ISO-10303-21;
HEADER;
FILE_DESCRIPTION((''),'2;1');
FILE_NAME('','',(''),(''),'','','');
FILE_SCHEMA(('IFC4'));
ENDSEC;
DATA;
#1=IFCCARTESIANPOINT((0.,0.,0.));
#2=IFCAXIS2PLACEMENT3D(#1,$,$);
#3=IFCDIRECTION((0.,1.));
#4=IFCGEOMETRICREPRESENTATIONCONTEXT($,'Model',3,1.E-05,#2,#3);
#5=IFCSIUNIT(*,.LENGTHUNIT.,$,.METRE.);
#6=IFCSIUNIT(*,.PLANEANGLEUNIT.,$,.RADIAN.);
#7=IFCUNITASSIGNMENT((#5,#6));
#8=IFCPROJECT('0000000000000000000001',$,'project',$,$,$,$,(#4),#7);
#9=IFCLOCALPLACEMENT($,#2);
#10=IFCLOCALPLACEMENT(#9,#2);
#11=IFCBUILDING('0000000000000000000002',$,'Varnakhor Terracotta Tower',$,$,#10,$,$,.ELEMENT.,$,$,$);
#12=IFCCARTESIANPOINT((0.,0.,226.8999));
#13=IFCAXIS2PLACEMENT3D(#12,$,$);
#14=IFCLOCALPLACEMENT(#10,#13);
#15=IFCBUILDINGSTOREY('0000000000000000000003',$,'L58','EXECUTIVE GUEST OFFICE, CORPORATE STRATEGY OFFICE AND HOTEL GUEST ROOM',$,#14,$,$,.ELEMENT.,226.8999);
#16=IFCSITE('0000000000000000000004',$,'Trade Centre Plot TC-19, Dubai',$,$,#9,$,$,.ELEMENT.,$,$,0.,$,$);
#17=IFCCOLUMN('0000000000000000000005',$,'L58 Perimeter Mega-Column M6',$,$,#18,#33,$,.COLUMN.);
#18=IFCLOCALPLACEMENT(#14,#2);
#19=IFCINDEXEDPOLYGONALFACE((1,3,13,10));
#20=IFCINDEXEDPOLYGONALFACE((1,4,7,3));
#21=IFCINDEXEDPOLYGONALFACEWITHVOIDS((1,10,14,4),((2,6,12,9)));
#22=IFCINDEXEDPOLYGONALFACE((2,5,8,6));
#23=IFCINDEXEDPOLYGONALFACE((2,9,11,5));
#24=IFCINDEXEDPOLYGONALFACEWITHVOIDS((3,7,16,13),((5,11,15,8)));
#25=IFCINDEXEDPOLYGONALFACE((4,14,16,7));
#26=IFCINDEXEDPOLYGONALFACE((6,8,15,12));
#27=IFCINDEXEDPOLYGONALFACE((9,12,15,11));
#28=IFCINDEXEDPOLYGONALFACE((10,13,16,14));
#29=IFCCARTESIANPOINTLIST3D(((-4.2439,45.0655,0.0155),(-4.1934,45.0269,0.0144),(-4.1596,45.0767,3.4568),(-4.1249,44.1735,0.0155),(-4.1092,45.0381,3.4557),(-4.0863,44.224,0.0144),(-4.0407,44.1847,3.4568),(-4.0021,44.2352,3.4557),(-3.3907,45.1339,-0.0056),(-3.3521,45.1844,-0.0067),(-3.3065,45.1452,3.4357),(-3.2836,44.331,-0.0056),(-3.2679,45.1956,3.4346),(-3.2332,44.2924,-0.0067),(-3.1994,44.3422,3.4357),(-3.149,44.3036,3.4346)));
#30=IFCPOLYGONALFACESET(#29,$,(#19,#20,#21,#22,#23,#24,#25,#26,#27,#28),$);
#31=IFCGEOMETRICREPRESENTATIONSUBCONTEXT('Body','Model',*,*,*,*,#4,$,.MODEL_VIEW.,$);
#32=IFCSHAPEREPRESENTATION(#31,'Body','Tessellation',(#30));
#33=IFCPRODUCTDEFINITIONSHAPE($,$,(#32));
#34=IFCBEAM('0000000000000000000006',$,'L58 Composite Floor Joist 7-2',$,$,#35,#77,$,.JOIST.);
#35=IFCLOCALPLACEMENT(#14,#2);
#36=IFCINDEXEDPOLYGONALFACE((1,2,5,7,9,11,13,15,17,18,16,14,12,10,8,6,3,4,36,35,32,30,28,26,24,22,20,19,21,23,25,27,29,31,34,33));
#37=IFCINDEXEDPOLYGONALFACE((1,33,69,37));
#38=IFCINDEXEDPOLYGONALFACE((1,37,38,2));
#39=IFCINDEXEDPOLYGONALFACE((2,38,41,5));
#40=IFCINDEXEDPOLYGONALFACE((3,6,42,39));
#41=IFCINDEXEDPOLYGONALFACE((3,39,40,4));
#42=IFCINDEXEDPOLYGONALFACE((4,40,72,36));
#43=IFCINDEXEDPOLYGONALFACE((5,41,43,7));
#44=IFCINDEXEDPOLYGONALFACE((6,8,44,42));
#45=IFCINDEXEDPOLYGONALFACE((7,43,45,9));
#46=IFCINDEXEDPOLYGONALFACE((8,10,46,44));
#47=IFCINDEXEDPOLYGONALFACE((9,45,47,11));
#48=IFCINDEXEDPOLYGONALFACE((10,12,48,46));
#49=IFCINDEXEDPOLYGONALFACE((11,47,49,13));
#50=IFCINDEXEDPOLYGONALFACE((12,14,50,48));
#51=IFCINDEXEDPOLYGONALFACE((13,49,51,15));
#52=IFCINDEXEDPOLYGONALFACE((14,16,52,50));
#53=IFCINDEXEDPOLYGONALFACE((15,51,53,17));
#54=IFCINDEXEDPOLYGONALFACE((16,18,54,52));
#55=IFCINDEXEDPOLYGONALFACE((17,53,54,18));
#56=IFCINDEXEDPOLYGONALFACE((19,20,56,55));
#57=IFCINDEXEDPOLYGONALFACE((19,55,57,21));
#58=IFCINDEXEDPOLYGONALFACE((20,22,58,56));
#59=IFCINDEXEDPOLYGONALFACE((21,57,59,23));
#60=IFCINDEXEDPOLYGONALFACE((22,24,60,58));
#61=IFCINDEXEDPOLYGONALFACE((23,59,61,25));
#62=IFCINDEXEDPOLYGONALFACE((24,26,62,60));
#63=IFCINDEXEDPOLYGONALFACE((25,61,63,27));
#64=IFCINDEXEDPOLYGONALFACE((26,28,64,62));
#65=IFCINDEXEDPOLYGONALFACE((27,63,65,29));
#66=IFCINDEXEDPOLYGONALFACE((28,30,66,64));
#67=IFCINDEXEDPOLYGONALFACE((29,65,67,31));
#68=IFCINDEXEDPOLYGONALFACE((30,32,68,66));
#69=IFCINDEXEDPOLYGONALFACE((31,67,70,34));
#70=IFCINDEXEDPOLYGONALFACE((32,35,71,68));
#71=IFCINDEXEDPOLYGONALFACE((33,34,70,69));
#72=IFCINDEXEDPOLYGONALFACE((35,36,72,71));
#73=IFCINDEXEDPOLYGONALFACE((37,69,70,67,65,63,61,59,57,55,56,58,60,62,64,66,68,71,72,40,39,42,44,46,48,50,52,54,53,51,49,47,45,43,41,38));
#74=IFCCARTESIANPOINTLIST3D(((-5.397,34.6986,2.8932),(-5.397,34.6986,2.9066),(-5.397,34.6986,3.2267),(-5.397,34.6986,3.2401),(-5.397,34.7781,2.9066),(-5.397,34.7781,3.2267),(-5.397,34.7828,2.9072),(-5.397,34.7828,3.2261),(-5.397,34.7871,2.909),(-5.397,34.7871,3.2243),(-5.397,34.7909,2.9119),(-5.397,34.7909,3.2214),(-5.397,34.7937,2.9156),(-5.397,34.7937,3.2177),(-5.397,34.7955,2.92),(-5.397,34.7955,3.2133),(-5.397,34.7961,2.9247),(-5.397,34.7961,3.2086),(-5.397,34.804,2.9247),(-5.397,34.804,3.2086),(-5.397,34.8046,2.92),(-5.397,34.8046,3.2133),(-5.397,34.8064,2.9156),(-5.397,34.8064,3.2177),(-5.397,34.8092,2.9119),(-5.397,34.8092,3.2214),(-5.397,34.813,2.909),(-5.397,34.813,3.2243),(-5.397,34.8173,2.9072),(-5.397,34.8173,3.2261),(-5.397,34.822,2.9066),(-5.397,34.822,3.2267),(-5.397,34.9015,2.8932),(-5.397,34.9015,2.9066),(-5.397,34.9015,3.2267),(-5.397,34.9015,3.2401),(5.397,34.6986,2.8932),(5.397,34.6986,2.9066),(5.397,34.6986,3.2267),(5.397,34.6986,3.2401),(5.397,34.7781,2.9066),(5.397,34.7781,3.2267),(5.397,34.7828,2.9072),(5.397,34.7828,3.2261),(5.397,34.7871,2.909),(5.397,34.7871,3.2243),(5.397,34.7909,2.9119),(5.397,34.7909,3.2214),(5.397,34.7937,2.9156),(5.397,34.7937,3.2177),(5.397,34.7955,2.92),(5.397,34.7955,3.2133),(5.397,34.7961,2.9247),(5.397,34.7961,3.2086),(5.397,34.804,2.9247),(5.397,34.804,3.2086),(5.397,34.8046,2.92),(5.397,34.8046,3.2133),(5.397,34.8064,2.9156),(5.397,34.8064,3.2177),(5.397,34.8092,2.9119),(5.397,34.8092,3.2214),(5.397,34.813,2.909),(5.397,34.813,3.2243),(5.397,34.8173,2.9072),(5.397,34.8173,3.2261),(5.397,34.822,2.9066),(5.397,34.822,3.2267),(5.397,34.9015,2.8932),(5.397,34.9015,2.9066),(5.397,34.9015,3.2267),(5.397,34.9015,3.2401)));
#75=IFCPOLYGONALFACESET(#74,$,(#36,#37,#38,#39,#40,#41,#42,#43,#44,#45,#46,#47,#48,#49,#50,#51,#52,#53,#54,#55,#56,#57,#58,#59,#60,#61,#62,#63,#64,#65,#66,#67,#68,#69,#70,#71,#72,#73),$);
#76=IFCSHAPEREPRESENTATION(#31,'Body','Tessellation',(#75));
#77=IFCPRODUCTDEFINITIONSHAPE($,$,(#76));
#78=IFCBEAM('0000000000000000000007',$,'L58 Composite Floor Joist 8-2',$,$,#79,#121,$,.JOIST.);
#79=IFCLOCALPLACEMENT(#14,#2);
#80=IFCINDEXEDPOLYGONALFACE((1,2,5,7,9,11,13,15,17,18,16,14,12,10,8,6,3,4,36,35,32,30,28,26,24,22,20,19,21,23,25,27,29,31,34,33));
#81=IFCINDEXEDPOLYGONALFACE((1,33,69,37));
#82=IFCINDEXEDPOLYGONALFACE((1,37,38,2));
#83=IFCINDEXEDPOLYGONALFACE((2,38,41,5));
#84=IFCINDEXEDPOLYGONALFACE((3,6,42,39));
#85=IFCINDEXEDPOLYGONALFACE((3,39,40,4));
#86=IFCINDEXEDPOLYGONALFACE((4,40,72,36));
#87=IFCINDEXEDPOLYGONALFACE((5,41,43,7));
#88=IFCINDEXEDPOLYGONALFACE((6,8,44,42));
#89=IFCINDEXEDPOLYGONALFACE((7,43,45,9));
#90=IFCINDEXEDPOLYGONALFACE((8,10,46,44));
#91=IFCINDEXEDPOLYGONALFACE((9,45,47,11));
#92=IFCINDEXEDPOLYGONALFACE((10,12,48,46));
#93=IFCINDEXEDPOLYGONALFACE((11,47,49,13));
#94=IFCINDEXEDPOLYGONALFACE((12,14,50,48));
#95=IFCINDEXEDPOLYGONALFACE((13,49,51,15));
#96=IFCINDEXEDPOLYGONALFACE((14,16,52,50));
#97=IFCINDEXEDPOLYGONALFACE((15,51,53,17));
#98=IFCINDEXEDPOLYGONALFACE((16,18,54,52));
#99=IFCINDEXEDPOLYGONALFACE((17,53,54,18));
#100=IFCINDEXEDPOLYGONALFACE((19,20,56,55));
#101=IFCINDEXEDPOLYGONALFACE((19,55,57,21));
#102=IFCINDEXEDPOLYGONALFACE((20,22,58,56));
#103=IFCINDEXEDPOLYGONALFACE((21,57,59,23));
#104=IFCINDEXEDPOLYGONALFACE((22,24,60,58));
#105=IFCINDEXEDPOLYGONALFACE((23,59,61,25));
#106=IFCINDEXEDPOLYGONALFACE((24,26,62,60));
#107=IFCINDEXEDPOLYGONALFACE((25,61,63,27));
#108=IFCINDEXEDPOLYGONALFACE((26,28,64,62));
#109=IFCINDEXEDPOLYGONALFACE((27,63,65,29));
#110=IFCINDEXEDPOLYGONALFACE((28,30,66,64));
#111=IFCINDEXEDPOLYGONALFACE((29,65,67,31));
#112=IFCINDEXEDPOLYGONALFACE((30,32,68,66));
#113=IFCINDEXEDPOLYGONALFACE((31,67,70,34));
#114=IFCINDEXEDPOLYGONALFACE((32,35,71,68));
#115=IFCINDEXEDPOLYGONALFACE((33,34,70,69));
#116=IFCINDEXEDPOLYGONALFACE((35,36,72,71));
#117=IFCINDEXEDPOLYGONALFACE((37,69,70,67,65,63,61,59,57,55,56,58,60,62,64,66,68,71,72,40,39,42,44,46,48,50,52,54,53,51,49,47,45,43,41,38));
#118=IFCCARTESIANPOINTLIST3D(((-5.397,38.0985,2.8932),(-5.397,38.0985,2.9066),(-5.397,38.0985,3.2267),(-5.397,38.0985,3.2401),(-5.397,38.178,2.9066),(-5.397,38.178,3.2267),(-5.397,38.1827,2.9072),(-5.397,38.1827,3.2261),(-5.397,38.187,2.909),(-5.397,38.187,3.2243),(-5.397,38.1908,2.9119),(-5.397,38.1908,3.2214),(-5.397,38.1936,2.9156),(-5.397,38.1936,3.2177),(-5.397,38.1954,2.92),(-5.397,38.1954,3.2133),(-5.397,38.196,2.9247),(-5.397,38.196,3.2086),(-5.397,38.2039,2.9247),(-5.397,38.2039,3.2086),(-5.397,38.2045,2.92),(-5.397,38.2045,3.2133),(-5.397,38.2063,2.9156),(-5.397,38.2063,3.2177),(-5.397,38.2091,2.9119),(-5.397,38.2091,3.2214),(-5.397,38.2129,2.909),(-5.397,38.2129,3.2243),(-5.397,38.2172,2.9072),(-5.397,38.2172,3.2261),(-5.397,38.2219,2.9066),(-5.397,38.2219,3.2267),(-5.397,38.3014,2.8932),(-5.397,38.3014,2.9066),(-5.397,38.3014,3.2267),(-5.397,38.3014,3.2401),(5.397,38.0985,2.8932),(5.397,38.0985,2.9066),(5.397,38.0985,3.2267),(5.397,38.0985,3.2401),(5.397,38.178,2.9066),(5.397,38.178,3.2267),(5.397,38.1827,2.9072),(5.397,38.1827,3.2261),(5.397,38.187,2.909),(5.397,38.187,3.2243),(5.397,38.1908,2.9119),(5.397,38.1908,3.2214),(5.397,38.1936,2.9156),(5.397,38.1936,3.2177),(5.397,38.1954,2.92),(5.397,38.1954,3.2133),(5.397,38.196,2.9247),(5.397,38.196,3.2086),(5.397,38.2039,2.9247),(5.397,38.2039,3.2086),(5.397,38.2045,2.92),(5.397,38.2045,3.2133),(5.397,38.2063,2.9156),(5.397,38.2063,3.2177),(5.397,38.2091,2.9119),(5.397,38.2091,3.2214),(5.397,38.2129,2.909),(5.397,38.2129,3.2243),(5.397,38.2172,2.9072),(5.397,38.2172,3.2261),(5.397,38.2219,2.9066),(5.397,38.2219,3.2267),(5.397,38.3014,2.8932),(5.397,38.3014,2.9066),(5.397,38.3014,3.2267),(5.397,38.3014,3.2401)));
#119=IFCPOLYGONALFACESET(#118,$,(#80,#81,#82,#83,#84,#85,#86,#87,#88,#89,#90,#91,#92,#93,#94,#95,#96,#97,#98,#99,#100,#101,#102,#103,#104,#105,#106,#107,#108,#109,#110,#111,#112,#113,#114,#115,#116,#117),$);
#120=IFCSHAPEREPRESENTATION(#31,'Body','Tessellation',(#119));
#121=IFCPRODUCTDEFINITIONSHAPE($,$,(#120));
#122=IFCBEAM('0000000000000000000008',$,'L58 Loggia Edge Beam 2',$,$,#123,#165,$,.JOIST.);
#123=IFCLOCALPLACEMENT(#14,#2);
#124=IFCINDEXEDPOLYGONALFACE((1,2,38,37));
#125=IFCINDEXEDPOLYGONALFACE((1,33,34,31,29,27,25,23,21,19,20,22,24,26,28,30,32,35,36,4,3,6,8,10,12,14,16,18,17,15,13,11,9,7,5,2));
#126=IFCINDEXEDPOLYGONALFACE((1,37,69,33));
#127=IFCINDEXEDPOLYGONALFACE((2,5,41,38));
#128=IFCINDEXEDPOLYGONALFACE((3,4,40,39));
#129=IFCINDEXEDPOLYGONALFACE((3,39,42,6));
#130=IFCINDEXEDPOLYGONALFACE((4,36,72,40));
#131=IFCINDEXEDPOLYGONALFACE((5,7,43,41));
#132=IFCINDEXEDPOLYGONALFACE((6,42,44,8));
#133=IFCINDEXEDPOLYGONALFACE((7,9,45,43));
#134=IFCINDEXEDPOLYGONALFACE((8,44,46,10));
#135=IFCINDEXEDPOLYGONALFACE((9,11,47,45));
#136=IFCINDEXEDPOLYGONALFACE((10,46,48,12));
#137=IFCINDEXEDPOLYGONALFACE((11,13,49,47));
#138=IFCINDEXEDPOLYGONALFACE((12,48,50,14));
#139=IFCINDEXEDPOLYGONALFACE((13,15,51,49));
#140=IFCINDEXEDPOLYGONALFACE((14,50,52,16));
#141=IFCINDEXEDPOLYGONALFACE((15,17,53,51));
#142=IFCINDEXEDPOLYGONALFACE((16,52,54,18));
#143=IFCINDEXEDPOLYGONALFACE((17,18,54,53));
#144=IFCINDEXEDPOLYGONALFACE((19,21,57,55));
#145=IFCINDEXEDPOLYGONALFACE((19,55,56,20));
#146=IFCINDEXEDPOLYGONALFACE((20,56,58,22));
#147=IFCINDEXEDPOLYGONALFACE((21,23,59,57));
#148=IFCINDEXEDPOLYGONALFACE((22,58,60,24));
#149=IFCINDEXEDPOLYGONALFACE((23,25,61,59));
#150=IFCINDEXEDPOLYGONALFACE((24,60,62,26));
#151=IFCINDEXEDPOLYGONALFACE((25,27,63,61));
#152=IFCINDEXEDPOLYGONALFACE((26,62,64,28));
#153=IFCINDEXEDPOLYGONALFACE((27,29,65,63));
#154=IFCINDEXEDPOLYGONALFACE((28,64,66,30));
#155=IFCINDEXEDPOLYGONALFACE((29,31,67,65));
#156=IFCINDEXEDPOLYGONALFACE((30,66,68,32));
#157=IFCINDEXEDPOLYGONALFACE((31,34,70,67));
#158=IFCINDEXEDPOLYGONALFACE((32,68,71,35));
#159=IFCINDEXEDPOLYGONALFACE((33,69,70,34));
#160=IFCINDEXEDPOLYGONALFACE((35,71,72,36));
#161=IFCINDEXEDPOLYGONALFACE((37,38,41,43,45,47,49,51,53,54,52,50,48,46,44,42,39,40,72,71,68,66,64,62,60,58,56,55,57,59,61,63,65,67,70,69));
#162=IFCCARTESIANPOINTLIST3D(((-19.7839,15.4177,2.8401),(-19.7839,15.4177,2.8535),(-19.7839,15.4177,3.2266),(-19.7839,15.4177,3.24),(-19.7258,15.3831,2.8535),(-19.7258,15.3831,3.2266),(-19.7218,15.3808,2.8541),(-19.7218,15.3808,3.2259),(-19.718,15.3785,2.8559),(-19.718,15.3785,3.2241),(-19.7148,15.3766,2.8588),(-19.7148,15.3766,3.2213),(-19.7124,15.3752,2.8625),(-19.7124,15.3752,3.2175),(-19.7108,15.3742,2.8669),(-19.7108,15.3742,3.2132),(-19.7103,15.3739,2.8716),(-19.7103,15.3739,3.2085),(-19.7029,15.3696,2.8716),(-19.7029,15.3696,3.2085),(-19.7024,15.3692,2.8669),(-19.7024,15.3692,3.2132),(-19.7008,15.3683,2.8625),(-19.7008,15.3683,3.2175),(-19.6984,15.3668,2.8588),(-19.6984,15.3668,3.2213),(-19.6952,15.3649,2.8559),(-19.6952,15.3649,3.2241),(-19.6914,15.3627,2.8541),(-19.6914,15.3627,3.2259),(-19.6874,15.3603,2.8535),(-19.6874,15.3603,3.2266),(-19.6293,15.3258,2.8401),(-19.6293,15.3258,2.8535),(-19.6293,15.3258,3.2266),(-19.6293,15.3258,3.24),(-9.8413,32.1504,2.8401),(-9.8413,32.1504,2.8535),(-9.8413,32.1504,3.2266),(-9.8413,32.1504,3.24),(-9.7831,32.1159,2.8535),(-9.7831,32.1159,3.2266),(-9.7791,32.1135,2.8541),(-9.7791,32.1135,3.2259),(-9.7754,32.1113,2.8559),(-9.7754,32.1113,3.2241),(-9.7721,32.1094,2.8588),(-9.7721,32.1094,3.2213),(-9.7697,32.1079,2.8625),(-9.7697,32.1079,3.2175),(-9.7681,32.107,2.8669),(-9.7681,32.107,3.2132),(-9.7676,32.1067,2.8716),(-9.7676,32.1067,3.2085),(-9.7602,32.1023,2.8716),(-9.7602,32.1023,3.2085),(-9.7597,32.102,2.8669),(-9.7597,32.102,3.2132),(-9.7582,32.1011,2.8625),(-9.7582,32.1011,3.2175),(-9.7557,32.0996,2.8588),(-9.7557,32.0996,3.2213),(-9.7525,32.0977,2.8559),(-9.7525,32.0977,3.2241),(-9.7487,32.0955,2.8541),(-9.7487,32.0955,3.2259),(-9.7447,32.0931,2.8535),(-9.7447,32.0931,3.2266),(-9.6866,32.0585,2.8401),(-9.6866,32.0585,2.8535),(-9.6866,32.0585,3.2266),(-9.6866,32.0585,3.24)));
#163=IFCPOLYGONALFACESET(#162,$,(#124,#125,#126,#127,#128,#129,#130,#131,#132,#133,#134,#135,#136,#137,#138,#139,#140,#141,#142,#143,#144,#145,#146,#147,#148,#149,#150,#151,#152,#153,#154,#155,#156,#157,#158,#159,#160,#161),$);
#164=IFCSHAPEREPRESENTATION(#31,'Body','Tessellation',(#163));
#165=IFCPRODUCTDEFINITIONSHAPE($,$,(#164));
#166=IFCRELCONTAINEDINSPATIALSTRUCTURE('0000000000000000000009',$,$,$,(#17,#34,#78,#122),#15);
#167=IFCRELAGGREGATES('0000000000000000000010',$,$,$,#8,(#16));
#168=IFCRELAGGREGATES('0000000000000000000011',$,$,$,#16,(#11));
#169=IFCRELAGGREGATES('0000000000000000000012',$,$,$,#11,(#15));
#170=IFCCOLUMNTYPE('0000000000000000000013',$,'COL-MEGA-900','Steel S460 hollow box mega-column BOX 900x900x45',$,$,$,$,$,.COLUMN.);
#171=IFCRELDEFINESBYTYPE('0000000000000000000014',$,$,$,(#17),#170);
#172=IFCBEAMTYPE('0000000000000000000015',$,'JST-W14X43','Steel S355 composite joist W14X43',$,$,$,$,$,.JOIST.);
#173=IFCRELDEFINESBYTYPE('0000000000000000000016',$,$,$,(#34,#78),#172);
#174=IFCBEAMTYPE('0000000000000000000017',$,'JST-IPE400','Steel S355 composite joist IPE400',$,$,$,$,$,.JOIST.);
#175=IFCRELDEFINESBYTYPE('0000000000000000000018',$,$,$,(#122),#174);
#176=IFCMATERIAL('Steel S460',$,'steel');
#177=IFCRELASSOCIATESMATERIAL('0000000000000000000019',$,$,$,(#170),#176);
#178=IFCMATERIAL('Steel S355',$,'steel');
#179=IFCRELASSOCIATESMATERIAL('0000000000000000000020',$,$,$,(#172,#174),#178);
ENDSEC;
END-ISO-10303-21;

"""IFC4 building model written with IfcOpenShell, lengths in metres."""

from ifc_helpers import new_model, si_unit, direction, frame, origin, origin_2d, place, context, subcontext, project, spatial, hollow_rectangle, i_section, extrude, source, transform, mapped, material, material_profile, profile_set, type_object, element, save


model = new_model("IFC4")

# Units and contexts
model_context = context("Model", 3, precision=1e-05, world=origin(), true_north=direction((0.0, 1.0)))
body_context = subcontext(model_context, "Body", "Model", "MODEL_VIEW")
ifc_project = project(units=[si_unit("LENGTHUNIT", "METRE"), si_unit("PLANEANGLEUNIT", "RADIAN")], contexts=[model_context])

# Site, building, storey
site_placement = place(None, origin())
site = spatial("IfcSite", under=ifc_project, at=site_placement, Name="Trade Centre Plot TC-19, Dubai", CompositionType="ELEMENT", RefElevation=0.0)
building_placement = place(site_placement, origin())
building = spatial("IfcBuilding", under=site, at=building_placement, Name="Varnakhor Terracotta Tower", CompositionType="ELEMENT")
storey_placement = place(building_placement, frame((0.0, 0.0, 226.8999)))
storey = spatial("IfcBuildingStorey", under=building, at=storey_placement, Name="L58", Description="EXECUTIVE GUEST OFFICE, CORPORATE STRATEGY OFFICE AND HOTEL GUEST ROOM", CompositionType="ELEMENT", Elevation=226.8999)

# Column
ifc_material_1 = material(Name="Steel S460", Category="steel")
ifc_material_profile_1 = material_profile(ifc_material_1, hollow_rectangle(XDim=0.8999, YDim=0.8999, WallThickness=0.0449, at=origin_2d()), Name="BOX 900x900x45")
ifc_profile_set_1 = profile_set([ifc_material_profile_1], Name="Steel S460")
column_type = type_object("IfcColumnType", Name="COL-MEGA-900", Description="Steel S460 hollow box mega-column BOX 900x900x45", PredefinedType="COLUMN", material=ifc_profile_set_1)
shared_shape_1 = source(origin(), body_context, "Body", "SweptSolid", [
    extrude(hollow_rectangle(XDim=0.8999, YDim=0.8999, WallThickness=0.0449, at=origin_2d()), origin(), (0.0, 0.0, 1.0), 3.4424),
])
column_placement = place(storey_placement, frame((-3.7385, 44.679, 0.0044), z_axis=(0.024468, 0.003262, 0.999695), x_axis=(-0.132164, 0.991228, 0.0)))
element("IfcColumn", 1, at=column_placement, inside=storey, type_object=column_type, Name="L58 Perimeter Mega-Column M6", PredefinedType="COLUMN", context=body_context, shape_type="MappedRepresentation", body=[
    mapped(shared_shape_1, transform((0.0, 0.0, 0.0), scale=1.0)),
])

# Beams
ifc_material_2 = material(Name="Steel S355", Category="steel")
ifc_material_profile_2 = material_profile(ifc_material_2, i_section(OverallWidth=0.2029, OverallDepth=0.3469, WebThickness=0.0078, FlangeThickness=0.0134, FilletRadius=0.0181, at=origin_2d()), Name="W14X43")
ifc_profile_set_2 = profile_set([ifc_material_profile_2], Name="Steel S355")
beam_type_1 = type_object("IfcBeamType", Name="JST-W14X43", Description="Steel S355 composite joist W14X43", PredefinedType="JOIST", material=ifc_profile_set_2)
shared_shape_2 = source(origin(), body_context, "Body", "SweptSolid", [
    extrude(i_section(OverallWidth=0.2029, OverallDepth=0.3469, WebThickness=0.0078, FlangeThickness=0.0134, FilletRadius=0.0181, at=origin_2d()), origin(), (0.0, 0.0, 1.0), 10.7939),
])
for number, where, z_axis, x_axis, name in (
    (2, (-5.397, 34.8, 3.0667), (1.0, 0.0, 0.0), (0.0, 1.0, 0.0), "L58 Composite Floor Joist 7-2"),
    (3, (-5.397, 38.2, 3.0667), (1.0, 0.0, 0.0), (0.0, 1.0, 0.0), "L58 Composite Floor Joist 8-2"),
):
    element("IfcBeam", number, at=place(storey_placement, frame(where, z_axis=z_axis, x_axis=x_axis)), inside=storey, type_object=beam_type_1, Name=name, PredefinedType="JOIST", context=body_context, shape_type="MappedRepresentation", body=[
        mapped(shared_shape_2, transform((0.0, 0.0, 0.0), scale=1.0)),
    ])
ifc_material_profile_3 = material_profile(ifc_material_2, i_section(OverallWidth=0.1799, OverallDepth=0.3999, WebThickness=0.0085, FlangeThickness=0.0134, FilletRadius=0.0181, at=origin_2d()), Name="IPE400")
ifc_profile_set_3 = profile_set([ifc_material_profile_3], Name="Steel S355")
beam_type_2 = type_object("IfcBeamType", Name="JST-IPE400", Description="Steel S355 composite joist IPE400", PredefinedType="JOIST", material=ifc_profile_set_3)
shared_shape_3 = source(origin(), body_context, "Body", "SweptSolid", [
    extrude(i_section(OverallWidth=0.1799, OverallDepth=0.3999, WebThickness=0.0085, FlangeThickness=0.0134, FilletRadius=0.0181, at=origin_2d()), origin(), (0.0, 0.0, 1.0), 19.4639),
])
beam_1_placement = place(storey_placement, frame((-9.7639, 32.1045, 3.04), z_axis=(-0.510828, -0.859683, 0.0), x_axis=(0.859683, -0.510828, 0.0)))
element("IfcBeam", 4, at=beam_1_placement, inside=storey, type_object=beam_type_2, Name="L58 Loggia Edge Beam 2", PredefinedType="JOIST", context=body_context, shape_type="MappedRepresentation", body=[
    mapped(shared_shape_3, transform((0.0, 0.0, 0.0), scale=1.0)),
])

save(model, "model.ifc")
